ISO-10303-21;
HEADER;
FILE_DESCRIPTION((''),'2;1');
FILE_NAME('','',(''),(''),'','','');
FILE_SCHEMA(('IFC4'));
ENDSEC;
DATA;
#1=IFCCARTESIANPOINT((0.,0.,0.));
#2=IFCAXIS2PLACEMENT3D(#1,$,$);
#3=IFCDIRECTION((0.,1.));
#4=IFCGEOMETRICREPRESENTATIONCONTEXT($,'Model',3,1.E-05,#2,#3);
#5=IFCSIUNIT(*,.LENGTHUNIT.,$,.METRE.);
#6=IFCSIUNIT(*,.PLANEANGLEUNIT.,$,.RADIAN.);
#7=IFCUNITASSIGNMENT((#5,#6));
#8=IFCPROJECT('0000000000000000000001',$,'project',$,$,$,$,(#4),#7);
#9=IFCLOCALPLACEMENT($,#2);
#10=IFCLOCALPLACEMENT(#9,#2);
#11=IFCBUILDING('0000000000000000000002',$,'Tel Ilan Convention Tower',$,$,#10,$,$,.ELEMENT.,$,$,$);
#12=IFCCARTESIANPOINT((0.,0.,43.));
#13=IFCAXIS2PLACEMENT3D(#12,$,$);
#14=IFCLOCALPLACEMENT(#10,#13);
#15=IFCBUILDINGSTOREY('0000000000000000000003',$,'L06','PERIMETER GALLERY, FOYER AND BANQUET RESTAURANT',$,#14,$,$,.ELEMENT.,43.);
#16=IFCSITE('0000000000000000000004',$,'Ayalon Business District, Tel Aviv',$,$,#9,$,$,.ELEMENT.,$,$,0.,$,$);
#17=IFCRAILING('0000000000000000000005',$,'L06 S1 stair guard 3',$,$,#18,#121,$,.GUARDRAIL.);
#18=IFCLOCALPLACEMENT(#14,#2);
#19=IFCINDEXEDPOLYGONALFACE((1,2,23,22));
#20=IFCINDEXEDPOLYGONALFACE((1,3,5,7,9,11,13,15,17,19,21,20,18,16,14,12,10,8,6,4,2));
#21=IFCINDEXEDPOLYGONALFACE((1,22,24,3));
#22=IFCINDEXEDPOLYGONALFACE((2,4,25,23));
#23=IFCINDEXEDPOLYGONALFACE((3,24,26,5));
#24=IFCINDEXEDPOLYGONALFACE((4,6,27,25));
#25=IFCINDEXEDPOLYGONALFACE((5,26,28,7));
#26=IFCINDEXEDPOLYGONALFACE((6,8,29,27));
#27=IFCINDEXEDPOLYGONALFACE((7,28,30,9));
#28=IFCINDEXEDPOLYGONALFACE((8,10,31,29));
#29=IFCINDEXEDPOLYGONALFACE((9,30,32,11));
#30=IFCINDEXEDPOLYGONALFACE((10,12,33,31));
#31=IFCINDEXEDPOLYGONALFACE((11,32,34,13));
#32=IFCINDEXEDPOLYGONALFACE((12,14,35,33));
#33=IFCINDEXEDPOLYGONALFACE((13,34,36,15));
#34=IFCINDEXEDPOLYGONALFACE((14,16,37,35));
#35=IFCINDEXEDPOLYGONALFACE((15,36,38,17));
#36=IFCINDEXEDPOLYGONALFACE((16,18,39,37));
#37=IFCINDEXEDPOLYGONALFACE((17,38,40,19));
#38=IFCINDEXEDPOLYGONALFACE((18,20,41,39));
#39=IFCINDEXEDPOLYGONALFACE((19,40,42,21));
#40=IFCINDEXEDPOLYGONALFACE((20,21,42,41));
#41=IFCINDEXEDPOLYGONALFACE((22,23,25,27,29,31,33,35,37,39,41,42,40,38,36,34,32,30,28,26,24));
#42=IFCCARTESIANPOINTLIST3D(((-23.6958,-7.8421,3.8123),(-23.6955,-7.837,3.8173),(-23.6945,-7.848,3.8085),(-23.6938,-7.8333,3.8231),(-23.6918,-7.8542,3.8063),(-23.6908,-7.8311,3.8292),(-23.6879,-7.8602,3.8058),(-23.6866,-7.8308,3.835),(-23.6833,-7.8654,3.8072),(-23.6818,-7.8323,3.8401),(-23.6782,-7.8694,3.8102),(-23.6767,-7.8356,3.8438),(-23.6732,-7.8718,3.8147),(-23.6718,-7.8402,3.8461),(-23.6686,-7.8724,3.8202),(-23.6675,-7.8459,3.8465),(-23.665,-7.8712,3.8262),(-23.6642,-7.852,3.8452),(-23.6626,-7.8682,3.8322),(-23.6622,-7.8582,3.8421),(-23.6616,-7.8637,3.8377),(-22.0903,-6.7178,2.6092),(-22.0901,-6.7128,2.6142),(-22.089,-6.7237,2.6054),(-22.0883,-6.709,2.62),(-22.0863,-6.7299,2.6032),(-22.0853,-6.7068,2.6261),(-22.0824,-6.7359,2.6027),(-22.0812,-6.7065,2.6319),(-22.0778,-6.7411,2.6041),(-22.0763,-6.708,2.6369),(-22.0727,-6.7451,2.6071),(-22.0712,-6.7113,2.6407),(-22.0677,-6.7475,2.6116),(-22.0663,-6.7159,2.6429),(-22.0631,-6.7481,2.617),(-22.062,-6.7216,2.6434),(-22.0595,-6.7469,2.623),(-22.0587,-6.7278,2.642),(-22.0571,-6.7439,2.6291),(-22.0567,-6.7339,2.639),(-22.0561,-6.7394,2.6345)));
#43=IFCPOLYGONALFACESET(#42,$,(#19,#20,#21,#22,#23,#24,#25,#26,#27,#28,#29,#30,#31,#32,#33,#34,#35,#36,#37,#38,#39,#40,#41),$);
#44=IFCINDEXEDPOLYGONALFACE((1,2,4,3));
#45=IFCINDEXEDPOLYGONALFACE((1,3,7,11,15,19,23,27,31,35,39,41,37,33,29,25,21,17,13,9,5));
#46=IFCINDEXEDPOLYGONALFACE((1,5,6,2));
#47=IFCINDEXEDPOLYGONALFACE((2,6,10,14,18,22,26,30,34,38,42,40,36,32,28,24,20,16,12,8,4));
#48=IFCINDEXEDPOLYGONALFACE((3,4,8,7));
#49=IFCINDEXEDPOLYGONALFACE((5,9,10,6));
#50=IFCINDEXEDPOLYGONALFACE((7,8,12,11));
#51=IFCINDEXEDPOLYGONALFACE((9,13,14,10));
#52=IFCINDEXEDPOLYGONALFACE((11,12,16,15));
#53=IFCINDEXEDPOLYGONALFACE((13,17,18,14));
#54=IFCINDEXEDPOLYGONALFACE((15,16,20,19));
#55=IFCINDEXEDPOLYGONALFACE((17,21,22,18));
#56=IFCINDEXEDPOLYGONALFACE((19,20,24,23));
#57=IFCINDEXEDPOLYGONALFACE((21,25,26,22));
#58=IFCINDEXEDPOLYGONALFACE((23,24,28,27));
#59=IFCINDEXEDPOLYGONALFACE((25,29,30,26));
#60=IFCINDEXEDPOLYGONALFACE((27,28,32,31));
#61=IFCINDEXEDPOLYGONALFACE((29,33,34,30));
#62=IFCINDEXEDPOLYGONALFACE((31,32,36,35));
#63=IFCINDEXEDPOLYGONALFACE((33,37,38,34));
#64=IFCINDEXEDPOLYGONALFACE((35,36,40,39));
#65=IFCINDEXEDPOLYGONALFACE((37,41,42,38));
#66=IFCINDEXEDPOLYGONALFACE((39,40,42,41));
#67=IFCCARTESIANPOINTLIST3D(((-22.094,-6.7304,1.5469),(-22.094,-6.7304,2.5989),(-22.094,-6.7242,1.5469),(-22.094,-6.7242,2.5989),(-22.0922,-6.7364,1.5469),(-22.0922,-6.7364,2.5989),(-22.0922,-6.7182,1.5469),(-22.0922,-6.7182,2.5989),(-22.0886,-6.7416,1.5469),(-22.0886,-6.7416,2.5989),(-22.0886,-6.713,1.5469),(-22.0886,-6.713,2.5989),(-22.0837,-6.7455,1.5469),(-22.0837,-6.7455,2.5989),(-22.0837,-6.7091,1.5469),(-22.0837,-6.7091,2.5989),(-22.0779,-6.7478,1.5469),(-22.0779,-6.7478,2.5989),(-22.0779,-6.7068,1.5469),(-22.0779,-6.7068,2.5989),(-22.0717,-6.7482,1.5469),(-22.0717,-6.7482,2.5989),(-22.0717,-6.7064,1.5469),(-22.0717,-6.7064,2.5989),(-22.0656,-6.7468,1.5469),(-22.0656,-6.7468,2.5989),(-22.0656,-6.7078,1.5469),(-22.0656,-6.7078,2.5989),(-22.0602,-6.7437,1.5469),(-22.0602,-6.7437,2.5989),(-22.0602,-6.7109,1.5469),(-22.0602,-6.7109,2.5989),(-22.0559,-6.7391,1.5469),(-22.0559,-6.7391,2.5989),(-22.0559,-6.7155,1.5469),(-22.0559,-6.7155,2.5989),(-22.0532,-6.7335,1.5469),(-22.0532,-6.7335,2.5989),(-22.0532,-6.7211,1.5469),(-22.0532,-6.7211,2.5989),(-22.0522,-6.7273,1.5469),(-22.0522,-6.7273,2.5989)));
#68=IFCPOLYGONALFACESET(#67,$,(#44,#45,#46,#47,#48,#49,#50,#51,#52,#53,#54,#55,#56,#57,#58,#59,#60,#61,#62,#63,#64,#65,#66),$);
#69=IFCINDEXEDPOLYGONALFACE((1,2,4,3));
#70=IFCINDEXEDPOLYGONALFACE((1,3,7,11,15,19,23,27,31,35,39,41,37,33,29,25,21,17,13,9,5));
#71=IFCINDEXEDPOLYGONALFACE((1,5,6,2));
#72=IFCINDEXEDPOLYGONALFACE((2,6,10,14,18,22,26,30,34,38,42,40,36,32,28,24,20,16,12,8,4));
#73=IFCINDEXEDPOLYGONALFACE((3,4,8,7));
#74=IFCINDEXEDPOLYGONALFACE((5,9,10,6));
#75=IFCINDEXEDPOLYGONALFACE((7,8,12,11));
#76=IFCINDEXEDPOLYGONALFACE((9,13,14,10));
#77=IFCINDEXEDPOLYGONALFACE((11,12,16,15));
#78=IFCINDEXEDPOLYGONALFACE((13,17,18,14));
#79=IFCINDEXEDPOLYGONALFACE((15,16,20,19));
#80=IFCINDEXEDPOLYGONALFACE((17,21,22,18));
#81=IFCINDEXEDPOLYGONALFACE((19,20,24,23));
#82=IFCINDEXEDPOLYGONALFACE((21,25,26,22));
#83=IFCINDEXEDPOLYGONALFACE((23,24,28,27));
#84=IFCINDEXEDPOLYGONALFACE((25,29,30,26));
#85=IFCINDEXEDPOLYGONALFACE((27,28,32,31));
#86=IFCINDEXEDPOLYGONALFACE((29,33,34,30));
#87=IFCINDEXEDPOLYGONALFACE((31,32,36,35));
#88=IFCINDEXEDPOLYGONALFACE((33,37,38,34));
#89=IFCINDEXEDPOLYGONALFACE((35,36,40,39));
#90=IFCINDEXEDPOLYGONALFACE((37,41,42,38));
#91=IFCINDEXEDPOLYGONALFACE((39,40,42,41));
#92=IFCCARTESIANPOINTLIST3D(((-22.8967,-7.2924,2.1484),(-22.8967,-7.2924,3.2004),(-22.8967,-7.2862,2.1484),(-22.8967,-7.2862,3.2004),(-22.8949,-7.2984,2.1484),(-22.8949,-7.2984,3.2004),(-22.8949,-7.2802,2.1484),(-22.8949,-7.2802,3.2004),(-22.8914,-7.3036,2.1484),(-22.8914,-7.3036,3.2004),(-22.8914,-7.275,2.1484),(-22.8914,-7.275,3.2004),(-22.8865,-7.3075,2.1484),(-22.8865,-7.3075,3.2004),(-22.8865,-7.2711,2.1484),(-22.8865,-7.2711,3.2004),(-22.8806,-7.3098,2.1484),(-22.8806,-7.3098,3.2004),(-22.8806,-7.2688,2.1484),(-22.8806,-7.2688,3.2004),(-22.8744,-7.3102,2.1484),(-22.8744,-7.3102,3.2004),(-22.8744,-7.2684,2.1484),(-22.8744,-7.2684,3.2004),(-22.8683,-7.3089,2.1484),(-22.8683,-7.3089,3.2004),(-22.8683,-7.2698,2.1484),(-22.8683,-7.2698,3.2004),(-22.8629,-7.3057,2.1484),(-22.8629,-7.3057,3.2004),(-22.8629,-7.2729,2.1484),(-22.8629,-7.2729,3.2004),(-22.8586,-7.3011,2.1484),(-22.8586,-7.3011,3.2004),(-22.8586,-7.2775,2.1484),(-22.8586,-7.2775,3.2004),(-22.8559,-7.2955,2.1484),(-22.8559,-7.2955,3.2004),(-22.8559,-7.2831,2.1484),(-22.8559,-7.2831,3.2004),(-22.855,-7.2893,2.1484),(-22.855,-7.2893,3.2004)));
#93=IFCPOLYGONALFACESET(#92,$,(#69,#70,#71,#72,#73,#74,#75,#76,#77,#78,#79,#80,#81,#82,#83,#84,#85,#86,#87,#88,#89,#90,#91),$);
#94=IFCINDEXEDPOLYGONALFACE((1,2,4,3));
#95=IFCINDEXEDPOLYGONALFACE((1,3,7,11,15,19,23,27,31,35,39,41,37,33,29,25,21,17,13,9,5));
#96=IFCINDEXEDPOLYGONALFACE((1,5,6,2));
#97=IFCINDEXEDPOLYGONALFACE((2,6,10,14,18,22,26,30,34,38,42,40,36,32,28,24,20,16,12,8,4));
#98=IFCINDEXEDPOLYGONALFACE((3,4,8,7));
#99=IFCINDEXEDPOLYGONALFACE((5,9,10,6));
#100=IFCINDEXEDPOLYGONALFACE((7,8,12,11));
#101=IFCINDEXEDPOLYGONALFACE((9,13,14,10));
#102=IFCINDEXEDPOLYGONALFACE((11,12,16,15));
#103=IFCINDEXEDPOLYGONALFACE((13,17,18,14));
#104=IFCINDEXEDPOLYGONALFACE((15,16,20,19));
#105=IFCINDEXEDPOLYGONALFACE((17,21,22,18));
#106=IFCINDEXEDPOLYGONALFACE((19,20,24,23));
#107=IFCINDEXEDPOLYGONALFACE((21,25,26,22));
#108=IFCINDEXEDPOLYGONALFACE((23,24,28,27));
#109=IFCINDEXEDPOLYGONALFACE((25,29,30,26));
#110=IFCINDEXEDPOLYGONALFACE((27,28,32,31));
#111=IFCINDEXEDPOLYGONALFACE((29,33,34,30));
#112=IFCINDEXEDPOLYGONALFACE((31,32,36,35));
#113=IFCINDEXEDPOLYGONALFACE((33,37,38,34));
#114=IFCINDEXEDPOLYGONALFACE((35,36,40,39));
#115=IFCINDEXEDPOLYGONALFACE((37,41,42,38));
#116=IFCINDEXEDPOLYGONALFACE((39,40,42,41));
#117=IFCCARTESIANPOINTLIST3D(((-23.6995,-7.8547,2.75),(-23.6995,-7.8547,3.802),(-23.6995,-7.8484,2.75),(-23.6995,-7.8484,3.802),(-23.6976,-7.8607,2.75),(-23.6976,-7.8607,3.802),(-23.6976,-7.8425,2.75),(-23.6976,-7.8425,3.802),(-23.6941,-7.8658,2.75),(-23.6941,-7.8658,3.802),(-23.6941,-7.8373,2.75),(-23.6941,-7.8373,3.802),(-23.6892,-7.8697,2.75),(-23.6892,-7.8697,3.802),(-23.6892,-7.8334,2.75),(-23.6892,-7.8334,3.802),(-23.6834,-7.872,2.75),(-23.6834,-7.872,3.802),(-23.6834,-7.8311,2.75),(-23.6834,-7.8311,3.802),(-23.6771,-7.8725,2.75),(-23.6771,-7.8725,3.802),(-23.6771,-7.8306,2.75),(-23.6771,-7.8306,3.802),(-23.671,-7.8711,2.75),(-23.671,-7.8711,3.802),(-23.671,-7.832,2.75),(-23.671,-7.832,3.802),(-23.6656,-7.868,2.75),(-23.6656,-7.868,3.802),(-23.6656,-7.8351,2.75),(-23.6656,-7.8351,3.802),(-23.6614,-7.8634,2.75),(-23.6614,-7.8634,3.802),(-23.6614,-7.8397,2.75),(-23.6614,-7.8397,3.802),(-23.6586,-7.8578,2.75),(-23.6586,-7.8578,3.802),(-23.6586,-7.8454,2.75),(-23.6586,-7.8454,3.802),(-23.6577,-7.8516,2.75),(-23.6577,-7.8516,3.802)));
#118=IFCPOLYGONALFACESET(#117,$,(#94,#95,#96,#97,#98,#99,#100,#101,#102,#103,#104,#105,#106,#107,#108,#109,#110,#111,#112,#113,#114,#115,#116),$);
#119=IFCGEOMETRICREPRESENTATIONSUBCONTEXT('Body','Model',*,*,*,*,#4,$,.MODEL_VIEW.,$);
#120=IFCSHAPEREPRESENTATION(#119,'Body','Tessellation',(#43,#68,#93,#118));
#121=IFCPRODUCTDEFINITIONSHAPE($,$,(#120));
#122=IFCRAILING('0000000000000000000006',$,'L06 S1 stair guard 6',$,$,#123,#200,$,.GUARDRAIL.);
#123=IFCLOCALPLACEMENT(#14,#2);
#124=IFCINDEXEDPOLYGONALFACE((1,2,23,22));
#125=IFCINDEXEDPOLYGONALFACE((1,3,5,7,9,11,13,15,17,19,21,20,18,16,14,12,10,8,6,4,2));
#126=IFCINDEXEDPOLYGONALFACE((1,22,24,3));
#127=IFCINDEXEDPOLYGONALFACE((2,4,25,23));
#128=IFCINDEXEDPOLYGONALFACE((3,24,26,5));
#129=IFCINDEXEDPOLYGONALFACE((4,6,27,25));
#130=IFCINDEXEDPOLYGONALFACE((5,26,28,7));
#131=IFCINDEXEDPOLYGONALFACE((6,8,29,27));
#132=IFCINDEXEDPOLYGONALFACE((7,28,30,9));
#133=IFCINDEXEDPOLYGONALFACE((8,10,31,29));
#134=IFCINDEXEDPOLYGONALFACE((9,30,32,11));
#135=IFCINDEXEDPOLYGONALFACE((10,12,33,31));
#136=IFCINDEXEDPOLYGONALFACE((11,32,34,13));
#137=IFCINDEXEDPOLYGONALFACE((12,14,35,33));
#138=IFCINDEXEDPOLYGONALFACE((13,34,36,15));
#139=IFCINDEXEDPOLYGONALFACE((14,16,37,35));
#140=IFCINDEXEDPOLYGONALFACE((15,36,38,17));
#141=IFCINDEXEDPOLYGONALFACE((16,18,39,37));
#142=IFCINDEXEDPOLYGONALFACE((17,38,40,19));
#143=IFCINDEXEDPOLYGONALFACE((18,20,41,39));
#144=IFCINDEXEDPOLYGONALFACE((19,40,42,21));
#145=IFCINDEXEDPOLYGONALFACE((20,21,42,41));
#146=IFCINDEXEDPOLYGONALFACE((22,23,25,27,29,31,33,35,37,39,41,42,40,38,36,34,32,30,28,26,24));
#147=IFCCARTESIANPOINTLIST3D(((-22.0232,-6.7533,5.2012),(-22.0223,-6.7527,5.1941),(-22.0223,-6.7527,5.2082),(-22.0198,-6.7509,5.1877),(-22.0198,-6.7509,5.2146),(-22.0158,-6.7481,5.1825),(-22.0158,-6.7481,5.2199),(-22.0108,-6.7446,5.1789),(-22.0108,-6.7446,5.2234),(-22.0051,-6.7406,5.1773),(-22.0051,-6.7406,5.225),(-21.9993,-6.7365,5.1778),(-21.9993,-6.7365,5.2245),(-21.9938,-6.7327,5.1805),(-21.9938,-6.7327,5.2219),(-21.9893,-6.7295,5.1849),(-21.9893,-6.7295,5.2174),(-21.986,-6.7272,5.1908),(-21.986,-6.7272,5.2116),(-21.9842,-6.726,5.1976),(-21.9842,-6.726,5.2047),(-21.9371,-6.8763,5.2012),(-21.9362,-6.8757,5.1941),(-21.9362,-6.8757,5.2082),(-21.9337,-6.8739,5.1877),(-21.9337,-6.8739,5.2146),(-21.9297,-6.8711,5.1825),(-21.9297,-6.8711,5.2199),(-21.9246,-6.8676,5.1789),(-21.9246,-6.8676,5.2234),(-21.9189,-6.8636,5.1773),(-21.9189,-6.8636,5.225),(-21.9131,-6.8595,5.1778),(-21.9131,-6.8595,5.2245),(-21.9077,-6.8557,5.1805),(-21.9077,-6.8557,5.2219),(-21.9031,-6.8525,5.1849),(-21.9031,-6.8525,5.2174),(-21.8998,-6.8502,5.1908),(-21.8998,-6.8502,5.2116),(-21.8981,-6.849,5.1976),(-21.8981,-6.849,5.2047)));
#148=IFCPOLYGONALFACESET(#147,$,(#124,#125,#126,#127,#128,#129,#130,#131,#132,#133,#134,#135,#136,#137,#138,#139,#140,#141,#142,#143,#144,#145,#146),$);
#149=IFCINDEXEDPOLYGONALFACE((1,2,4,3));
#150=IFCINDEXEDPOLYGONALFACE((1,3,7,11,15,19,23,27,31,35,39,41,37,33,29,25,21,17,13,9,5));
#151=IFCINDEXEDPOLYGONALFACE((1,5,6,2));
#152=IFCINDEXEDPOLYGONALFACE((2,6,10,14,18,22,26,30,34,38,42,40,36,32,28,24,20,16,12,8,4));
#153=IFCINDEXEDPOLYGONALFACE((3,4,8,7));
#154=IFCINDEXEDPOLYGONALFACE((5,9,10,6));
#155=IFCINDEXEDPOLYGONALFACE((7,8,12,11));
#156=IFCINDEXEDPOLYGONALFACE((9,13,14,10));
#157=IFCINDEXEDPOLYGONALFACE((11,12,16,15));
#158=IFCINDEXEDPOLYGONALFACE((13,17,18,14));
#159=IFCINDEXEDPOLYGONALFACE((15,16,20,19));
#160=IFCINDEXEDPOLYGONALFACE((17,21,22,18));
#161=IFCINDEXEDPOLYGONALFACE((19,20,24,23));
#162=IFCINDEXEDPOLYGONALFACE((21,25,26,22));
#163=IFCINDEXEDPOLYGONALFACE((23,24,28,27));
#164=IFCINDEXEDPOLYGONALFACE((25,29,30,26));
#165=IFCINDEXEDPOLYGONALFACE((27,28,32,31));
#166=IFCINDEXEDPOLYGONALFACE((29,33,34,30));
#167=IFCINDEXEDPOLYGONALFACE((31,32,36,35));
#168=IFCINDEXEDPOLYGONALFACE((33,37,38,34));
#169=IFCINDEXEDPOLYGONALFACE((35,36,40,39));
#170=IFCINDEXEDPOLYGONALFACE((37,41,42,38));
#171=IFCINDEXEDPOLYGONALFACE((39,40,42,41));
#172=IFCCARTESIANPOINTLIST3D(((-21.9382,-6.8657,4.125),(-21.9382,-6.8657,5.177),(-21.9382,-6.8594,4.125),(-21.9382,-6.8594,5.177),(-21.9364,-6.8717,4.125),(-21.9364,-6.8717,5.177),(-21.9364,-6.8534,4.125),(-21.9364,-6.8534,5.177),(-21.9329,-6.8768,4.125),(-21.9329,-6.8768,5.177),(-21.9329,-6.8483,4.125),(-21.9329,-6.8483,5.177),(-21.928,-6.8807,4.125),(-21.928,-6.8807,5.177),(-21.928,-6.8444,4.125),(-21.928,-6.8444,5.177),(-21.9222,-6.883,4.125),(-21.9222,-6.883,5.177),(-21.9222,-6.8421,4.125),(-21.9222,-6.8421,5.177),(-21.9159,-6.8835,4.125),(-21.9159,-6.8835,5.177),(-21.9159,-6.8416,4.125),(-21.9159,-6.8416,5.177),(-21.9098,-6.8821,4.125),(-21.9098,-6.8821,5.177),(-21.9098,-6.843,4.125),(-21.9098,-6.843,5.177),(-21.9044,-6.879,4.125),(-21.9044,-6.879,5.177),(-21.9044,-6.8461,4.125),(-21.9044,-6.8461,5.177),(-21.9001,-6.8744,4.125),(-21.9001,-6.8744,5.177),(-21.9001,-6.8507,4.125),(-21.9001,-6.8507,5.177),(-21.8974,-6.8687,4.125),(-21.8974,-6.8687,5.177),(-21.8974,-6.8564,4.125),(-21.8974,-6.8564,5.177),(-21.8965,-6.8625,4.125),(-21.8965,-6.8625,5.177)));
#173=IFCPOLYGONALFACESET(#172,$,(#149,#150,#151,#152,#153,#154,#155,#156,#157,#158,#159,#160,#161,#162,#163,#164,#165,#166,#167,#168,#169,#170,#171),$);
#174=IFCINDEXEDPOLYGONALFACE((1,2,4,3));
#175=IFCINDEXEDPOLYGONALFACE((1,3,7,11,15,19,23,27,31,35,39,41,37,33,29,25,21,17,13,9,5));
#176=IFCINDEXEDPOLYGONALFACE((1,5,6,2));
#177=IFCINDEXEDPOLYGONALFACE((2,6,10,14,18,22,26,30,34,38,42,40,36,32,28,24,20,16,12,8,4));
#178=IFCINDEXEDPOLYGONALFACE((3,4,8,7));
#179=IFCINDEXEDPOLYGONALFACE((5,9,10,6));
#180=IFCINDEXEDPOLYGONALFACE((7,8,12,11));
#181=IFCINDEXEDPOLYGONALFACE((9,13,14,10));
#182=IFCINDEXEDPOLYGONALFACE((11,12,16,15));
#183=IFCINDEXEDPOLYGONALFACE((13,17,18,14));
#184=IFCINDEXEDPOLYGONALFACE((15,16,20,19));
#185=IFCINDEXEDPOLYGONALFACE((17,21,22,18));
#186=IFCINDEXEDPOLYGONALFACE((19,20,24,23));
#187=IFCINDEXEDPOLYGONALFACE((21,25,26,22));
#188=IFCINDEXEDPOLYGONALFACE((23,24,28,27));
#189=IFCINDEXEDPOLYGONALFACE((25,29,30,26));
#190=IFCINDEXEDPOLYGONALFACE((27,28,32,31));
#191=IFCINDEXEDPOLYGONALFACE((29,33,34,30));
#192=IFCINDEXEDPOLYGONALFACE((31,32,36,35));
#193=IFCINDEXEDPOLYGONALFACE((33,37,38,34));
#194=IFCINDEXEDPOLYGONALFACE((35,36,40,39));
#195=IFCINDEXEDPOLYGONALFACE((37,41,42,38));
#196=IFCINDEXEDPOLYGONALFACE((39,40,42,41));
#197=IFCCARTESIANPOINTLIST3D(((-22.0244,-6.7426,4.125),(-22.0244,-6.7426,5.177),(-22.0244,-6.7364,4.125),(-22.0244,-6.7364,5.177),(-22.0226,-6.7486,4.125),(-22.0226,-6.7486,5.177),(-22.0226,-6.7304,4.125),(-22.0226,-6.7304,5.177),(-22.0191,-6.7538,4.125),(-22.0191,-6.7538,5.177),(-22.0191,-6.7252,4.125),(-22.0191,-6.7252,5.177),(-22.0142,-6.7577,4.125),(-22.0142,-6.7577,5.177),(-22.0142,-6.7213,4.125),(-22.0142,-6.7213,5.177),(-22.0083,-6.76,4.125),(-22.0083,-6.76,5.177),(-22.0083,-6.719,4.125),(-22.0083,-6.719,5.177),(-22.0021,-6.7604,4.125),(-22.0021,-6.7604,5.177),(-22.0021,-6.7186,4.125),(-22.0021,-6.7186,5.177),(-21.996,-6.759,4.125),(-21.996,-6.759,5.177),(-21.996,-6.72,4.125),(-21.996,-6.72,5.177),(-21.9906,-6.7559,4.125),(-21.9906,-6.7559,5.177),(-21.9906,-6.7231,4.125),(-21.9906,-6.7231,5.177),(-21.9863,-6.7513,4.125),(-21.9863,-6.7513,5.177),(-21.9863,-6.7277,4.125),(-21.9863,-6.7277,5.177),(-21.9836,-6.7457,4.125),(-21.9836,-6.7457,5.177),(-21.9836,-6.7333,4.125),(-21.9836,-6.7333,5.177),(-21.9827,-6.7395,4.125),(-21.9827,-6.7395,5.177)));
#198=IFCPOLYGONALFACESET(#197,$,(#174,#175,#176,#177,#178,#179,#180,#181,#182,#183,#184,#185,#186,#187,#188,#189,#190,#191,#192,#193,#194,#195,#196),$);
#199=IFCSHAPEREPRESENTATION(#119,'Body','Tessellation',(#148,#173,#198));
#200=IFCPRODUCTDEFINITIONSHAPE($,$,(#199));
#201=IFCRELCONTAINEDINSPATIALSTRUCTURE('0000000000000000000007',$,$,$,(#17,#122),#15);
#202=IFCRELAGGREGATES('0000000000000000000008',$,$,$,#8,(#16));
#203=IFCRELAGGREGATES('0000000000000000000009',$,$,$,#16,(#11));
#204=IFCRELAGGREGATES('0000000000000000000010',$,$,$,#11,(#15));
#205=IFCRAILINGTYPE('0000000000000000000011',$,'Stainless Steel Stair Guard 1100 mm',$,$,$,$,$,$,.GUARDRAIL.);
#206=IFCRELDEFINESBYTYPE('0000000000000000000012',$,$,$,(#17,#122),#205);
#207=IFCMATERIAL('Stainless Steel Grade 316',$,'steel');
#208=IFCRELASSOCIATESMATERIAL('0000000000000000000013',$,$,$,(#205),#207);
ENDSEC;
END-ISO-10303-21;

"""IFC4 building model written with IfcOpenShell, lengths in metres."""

from ifc_helpers import new_model, si_unit, direction, frame, origin, origin_2d, place, context, subcontext, project, spatial, circle, extrude, material, type_object, element, save


model = new_model("IFC4")

# Units and contexts
model_context = context("Model", 3, precision=1e-05, world=origin(), true_north=direction((0.0, 1.0)))
body_context = subcontext(model_context, "Body", "Model", "MODEL_VIEW")
ifc_project = project(units=[si_unit("LENGTHUNIT", "METRE"), si_unit("PLANEANGLEUNIT", "RADIAN")], contexts=[model_context])

# Site, building, storey
site_placement = place(None, origin())
site = spatial("IfcSite", under=ifc_project, at=site_placement, Name="Ayalon Business District, Tel Aviv", CompositionType="ELEMENT", RefElevation=0.0)
building_placement = place(site_placement, origin())
building = spatial("IfcBuilding", under=site, at=building_placement, Name="Tel Ilan Convention Tower", CompositionType="ELEMENT")
storey_placement = place(building_placement, frame((0.0, 0.0, 43.0)))
storey = spatial("IfcBuildingStorey", under=building, at=storey_placement, Name="L06", Description="PERIMETER GALLERY, FOYER AND BANQUET RESTAURANT", CompositionType="ELEMENT", Elevation=43.0)

# Railings
ifc_material_1 = material(Name="Stainless Steel Grade 316", Category="steel")
railing_type_1 = type_object("IfcRailingType", Name="Stainless Steel Stair Guard 1100 mm", PredefinedType="GUARDRAIL", material=ifc_material_1)
railing_1_placement = place(storey_placement, frame((-22.0732, -6.7273, 1.5469)))
element("IfcRailing", 1, at=railing_1_placement, inside=storey, type_object=railing_type_1, Name="L06 S1 stair guard 3", PredefinedType="GUARDRAIL", context=body_context, shape_type="SweptSolid", body=[
    extrude(circle(Radius=0.0239, at=origin_2d()), frame((0.0, 0.0, 1.0762), z_axis=(-0.698095, -0.488857, 0.523146), x_axis=(0.573613, -0.819127, 0.0)), (0.0, 0.0, 1.0), 2.2998),
    extrude(circle(Radius=0.021, at=origin_2d()), origin(), (0.0, 0.0, 1.0), 1.052),
    extrude(circle(Radius=0.021, at=origin_2d()), frame((-0.8027, -0.562, 0.6016)), (0.0, 0.0, 1.0), 1.052),
    extrude(circle(Radius=0.021, at=origin_2d()), frame((-1.6055, -1.1243, 1.2031)), (0.0, 0.0, 1.0), 1.052),
])
railing_2_placement = place(storey_placement, frame((-21.9175, -6.8625, 4.125)))
element("IfcRailing", 2, at=railing_2_placement, inside=storey, type_object=railing_type_1, Name="L06 S1 stair guard 6", PredefinedType="GUARDRAIL", context=body_context, shape_type="SweptSolid", body=[
    extrude(circle(Radius=0.0239, at=origin_2d()), frame((0.0, 0.0, 1.0762), z_axis=(-0.57368, 0.819079, 0.0), x_axis=(-0.819079, -0.57368, 0.0)), (0.0, 0.0, 1.0), 0.1501),
    extrude(circle(Radius=0.021, at=origin_2d()), origin(), (0.0, 0.0, 1.0), 1.052),
    extrude(circle(Radius=0.021, at=origin_2d()), frame((-0.0862, 0.123, 0.0)), (0.0, 0.0, 1.0), 1.052),
])

save(model, "model.ifc")
